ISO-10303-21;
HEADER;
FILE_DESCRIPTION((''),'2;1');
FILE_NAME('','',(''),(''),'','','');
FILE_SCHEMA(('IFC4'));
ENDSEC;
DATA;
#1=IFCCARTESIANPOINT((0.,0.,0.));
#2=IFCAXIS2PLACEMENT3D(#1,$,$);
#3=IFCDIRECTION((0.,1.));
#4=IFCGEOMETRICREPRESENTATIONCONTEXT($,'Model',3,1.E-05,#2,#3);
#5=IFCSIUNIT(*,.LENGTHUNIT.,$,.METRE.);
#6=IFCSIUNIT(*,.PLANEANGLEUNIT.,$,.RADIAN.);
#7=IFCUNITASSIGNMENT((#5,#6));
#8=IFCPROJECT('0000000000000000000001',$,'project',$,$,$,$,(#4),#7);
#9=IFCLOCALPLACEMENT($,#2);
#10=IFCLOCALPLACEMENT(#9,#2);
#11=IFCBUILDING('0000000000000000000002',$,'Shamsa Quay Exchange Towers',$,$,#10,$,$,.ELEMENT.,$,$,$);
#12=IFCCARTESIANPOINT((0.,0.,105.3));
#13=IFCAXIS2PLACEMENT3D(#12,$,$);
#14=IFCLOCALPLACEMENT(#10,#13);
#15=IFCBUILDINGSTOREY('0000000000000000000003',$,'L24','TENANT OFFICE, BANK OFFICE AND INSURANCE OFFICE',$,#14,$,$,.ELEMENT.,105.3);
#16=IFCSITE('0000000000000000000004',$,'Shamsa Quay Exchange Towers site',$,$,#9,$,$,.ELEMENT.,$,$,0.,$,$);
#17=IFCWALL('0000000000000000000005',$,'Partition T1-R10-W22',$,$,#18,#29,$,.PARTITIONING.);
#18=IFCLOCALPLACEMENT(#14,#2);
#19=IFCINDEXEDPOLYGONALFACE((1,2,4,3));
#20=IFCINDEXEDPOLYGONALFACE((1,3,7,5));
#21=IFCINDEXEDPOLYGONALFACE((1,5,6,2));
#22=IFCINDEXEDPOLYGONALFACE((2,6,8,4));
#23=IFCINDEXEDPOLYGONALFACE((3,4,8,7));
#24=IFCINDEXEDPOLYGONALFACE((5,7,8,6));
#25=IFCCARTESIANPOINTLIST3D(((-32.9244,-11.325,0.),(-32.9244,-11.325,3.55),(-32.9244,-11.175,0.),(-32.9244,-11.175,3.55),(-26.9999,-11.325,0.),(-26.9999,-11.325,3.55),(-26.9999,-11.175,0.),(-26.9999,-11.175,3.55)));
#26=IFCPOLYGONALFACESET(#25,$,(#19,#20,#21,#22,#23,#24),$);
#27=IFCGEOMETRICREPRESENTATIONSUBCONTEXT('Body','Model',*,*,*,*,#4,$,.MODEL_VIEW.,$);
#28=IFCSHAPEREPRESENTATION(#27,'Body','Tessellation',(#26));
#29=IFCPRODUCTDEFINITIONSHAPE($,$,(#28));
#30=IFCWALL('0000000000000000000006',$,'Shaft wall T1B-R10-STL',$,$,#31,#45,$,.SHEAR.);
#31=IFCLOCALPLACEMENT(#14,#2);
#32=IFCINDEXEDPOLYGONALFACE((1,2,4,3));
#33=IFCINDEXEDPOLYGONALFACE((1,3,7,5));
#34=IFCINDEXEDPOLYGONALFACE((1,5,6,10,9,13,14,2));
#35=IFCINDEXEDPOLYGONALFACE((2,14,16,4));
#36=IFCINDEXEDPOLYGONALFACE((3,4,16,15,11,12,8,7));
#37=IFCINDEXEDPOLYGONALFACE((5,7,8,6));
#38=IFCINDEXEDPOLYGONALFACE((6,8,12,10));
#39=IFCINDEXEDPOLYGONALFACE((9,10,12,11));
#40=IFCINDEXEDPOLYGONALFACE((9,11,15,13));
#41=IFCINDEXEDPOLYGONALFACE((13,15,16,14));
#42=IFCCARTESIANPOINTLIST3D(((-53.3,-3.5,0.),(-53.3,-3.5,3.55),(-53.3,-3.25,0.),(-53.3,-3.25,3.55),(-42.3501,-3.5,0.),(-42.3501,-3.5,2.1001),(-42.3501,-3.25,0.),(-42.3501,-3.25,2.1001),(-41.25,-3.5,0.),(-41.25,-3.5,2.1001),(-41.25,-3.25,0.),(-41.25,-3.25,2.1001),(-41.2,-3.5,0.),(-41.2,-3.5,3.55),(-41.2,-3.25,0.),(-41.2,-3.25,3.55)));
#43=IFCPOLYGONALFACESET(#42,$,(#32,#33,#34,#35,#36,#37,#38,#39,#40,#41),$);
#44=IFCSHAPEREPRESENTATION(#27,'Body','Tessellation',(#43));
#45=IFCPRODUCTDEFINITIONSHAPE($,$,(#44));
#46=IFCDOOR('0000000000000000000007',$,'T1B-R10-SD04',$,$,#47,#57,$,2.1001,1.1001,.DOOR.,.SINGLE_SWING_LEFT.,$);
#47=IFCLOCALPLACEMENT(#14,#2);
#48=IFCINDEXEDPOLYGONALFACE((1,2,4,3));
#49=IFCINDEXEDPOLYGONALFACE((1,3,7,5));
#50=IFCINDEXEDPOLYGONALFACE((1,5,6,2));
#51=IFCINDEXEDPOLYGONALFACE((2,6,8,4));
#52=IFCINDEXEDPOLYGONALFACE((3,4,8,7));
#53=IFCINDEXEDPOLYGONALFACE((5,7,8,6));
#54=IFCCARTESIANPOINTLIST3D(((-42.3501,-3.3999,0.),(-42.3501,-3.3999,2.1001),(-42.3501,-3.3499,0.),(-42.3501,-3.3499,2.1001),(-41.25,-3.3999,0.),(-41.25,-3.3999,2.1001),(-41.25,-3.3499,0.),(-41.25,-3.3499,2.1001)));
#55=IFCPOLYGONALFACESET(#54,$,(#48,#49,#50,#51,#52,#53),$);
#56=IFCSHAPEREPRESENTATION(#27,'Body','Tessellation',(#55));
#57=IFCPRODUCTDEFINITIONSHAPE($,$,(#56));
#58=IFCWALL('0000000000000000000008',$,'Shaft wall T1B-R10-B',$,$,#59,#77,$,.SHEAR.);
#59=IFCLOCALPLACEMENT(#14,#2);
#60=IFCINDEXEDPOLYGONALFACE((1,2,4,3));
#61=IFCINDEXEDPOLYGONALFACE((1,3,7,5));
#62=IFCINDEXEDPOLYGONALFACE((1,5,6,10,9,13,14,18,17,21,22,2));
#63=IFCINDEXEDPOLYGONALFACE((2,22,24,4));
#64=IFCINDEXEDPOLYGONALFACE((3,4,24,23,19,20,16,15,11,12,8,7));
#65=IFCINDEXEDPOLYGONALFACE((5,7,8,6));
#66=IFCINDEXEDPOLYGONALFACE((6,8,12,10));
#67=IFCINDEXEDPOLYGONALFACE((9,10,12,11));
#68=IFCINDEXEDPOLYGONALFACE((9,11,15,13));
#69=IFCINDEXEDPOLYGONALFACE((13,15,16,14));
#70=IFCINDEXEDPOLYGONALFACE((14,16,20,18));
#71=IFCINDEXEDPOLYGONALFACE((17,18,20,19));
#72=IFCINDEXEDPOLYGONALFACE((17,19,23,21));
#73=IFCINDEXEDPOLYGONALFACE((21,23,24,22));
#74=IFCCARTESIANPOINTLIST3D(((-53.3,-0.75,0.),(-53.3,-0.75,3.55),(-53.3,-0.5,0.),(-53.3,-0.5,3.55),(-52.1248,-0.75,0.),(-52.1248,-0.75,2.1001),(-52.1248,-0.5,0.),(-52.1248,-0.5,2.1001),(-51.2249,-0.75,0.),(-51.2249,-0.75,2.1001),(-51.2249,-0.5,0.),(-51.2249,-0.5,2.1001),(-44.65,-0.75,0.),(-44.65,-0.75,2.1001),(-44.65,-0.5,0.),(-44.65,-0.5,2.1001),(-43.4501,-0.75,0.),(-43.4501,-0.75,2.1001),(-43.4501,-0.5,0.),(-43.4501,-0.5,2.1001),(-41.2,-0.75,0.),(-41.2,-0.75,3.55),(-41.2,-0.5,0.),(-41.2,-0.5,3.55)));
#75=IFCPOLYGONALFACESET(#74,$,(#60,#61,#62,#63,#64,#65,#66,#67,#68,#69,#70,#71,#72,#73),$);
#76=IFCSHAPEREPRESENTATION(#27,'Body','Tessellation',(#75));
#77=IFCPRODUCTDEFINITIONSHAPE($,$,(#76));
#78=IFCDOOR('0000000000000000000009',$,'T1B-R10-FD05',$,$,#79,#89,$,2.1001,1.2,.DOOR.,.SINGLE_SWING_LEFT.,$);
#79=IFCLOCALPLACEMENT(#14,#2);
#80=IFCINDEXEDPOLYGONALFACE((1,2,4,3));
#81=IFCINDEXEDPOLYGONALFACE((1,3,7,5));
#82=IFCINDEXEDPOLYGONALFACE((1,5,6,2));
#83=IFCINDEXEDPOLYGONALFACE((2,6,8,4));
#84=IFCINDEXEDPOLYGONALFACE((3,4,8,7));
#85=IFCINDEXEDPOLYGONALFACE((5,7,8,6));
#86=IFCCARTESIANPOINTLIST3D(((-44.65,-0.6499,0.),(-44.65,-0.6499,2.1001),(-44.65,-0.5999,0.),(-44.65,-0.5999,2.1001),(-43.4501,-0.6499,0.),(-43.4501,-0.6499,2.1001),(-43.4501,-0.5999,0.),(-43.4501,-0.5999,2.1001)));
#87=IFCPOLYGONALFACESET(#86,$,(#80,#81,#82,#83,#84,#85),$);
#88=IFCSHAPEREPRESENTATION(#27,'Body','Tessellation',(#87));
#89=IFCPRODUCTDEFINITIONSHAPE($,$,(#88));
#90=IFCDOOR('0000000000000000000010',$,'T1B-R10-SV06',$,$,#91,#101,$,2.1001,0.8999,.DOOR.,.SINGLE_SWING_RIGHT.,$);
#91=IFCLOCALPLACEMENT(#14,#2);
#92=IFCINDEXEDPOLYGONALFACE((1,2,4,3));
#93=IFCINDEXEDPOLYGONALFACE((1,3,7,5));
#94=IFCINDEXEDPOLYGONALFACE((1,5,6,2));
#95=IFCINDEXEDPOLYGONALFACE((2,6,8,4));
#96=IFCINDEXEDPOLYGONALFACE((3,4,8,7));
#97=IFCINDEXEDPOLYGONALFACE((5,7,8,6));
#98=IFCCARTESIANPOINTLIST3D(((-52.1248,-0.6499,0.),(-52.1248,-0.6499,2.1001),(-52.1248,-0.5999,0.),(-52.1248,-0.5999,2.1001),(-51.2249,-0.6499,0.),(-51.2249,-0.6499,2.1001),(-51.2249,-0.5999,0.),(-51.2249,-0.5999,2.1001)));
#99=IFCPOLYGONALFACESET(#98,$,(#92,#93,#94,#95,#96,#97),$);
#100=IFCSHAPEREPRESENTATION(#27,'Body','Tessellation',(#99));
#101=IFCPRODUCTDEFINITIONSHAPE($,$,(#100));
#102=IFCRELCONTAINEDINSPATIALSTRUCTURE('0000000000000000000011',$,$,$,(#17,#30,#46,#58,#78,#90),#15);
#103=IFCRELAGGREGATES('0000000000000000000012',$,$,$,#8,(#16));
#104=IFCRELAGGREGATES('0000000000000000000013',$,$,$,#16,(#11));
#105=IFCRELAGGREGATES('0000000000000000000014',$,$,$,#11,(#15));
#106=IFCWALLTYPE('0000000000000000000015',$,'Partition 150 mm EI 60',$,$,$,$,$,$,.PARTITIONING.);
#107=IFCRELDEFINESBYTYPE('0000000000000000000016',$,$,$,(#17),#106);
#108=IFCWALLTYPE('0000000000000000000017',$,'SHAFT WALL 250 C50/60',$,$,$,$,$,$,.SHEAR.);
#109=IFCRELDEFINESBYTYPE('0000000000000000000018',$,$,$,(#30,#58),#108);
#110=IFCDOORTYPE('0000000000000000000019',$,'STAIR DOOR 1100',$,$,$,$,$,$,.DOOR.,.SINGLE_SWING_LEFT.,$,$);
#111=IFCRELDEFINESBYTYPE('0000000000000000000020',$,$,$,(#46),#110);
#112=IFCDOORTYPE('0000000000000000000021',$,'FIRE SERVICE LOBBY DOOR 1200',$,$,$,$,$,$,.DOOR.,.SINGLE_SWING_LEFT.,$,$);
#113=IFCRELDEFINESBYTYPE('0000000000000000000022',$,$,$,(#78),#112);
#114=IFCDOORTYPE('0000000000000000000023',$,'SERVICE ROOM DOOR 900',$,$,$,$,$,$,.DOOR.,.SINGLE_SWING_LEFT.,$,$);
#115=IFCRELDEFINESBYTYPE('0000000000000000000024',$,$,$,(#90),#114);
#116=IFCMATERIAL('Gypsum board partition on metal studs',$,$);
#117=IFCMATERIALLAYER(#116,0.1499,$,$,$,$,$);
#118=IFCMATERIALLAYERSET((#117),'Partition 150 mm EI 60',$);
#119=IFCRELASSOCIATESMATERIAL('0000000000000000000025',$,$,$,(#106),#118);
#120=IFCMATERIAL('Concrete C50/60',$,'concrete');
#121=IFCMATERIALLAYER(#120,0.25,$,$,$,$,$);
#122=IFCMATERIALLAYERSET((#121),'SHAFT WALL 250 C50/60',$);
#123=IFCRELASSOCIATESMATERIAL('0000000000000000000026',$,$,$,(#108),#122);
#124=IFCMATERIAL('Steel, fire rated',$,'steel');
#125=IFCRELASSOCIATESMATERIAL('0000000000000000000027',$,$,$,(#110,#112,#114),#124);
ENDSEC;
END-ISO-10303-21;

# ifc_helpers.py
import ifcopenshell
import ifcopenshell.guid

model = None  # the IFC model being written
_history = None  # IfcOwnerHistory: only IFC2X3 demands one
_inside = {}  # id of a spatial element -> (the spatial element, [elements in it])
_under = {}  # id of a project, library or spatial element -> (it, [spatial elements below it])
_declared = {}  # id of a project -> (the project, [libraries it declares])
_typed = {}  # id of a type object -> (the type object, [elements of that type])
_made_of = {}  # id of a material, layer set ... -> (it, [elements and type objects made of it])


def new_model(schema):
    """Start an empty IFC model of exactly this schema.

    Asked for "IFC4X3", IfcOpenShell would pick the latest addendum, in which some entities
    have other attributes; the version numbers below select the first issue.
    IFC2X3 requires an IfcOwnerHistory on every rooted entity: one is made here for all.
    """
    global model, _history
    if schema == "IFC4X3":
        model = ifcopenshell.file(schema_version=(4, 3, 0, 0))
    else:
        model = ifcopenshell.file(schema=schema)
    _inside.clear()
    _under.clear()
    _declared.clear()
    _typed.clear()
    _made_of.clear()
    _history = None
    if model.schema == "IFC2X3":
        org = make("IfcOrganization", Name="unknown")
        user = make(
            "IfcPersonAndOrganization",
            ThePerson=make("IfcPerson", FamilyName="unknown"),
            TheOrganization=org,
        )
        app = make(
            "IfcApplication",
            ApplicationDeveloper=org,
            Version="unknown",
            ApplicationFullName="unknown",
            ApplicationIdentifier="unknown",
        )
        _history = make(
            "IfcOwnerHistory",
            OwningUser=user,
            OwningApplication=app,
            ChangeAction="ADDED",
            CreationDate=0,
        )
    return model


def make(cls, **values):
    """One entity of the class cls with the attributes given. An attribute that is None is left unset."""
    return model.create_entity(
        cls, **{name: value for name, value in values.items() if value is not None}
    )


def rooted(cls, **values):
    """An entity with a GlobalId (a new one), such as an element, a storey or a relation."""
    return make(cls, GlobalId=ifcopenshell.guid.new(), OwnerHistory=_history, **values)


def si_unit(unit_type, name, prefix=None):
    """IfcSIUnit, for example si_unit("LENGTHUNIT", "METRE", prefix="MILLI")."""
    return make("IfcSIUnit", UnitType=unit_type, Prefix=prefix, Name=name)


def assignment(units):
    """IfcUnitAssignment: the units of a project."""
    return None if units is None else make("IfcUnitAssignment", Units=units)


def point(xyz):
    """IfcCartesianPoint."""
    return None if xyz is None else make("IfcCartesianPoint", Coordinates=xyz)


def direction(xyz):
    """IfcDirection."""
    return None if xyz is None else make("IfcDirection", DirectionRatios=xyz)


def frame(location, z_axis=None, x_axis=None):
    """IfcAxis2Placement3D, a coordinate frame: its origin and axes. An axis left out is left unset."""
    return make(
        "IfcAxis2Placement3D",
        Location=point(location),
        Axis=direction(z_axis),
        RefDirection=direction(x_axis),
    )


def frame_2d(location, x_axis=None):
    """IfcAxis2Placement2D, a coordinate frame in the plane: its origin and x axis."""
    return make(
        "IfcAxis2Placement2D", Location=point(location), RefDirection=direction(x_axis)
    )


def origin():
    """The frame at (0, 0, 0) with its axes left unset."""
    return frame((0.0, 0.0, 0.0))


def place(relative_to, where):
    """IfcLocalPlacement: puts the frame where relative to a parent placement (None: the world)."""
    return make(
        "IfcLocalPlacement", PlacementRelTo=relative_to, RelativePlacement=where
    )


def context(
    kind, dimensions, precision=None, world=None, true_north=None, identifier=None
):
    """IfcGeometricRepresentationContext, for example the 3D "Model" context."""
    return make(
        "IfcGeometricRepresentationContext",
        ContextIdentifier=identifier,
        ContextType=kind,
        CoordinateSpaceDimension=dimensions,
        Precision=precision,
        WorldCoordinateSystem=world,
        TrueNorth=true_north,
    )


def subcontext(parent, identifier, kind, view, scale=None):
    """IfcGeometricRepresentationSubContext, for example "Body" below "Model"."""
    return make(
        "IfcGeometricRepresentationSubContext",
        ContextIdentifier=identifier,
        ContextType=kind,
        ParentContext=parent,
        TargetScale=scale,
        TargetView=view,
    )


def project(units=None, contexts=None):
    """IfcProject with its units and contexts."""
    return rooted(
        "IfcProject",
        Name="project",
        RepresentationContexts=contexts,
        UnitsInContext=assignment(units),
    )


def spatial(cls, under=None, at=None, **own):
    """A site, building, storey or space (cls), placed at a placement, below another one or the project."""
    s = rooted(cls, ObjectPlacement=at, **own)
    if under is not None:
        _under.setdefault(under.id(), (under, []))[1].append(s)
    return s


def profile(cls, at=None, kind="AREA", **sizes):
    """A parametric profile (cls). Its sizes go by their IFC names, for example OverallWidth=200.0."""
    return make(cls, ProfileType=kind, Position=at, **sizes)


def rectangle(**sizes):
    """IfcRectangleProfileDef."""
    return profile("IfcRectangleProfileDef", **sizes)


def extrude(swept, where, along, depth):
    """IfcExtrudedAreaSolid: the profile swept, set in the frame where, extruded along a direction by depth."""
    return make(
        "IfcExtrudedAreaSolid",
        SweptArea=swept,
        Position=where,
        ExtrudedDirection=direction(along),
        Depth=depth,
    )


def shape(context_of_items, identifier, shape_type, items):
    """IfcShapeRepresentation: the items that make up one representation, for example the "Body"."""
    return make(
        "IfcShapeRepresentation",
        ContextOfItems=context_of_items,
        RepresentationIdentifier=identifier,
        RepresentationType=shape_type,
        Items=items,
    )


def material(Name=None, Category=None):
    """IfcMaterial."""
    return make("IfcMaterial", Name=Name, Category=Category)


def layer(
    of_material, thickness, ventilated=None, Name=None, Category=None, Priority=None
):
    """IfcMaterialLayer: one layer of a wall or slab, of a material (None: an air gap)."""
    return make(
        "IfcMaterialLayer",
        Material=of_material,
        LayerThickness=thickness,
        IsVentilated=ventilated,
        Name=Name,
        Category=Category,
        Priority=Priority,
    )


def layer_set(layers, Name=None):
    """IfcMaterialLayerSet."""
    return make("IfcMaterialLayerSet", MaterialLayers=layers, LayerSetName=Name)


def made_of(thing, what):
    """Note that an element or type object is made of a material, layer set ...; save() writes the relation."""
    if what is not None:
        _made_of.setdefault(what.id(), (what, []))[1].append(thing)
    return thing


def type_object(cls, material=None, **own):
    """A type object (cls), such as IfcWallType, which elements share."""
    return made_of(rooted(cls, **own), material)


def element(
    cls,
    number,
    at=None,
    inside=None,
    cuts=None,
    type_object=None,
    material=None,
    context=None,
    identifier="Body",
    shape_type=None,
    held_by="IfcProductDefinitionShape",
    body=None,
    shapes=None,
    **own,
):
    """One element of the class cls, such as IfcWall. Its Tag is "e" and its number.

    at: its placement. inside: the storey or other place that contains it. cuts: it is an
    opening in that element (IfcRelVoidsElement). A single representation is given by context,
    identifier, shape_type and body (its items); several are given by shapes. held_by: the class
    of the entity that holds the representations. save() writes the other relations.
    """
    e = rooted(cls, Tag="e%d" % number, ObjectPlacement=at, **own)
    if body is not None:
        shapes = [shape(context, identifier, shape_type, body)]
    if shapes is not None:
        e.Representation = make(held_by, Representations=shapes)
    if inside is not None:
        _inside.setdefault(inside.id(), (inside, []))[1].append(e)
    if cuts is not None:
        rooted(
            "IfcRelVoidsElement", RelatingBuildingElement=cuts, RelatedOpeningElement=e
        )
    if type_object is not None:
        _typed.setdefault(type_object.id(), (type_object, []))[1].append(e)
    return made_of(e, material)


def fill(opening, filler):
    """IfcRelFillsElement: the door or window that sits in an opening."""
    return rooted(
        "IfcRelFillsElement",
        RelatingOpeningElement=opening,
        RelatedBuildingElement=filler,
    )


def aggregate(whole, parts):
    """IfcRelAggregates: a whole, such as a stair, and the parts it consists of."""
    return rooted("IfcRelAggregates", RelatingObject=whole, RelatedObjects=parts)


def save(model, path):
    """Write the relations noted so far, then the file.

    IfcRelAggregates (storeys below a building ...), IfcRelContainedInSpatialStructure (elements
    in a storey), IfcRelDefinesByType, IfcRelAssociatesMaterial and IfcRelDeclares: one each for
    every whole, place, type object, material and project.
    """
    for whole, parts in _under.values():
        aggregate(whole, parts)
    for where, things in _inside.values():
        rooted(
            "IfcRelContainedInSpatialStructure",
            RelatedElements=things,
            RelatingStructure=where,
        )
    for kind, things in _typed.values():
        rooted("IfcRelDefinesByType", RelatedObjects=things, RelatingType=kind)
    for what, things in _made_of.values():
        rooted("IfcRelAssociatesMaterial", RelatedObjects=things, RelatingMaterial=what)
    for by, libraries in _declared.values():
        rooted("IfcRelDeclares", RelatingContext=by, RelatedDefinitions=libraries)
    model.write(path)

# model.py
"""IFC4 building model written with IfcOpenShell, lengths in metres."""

from ifc_helpers import new_model, si_unit, direction, frame, frame_2d, origin, place, context, subcontext, project, spatial, rectangle, extrude, material, layer, layer_set, type_object, element, fill, save


model = new_model("IFC4")

# Units and contexts
model_context = context("Model", 3, precision=1e-05, world=origin(), true_north=direction((0.0, 1.0)))
body_context = subcontext(model_context, "Body", "Model", "MODEL_VIEW")
ifc_project = project(units=[si_unit("LENGTHUNIT", "METRE"), si_unit("PLANEANGLEUNIT", "RADIAN")], contexts=[model_context])

# Site, building, storey
site_placement = place(None, origin())
site = spatial("IfcSite", under=ifc_project, at=site_placement, Name="Shamsa Quay Exchange Towers site", CompositionType="ELEMENT", RefElevation=0.0)
building_placement = place(site_placement, origin())
building = spatial("IfcBuilding", under=site, at=building_placement, Name="Shamsa Quay Exchange Towers", CompositionType="ELEMENT")
storey_placement = place(building_placement, frame((0.0, 0.0, 105.3)))
storey = spatial("IfcBuildingStorey", under=building, at=storey_placement, Name="L24", Description="TENANT OFFICE, BANK OFFICE AND INSURANCE OFFICE", CompositionType="ELEMENT", Elevation=105.3)

# Shared definitions
ifc_material_1 = material(Name="Steel, fire rated", Category="steel")
ifc_material_2 = material(Name="Gypsum board partition on metal studs")
ifc_layer_1 = layer(ifc_material_2, 0.1499)
ifc_layer_set_1 = layer_set([ifc_layer_1], Name="Partition 150 mm EI 60")
wall_type_1 = type_object("IfcWallType", Name="Partition 150 mm EI 60", PredefinedType="PARTITIONING", material=ifc_layer_set_1)

# Wall
wall_1_placement = place(storey_placement, frame((-32.9246, -11.25, 0.0)))
element("IfcWall", 1, at=wall_1_placement, inside=storey, type_object=wall_type_1, Name="Partition T1-R10-W22", PredefinedType="PARTITIONING", context=body_context, shape_type="SweptSolid", body=[
    extrude(rectangle(XDim=5.9246, YDim=0.1499, at=frame_2d((2.9624, 0.0))), origin(), (0.0, 0.0, 1.0), 3.55),
])

# Wall, opening, door
ifc_material_3 = material(Name="Concrete C50/60", Category="concrete")
ifc_layer_2 = layer(ifc_material_3, 0.25)
ifc_layer_set_2 = layer_set([ifc_layer_2], Name="SHAFT WALL 250 C50/60")
wall_type_2 = type_object("IfcWallType", Name="SHAFT WALL 250 C50/60", PredefinedType="SHEAR", material=ifc_layer_set_2)
wall_2_placement = place(storey_placement, frame((-41.2, -3.375, 0.0), z_axis=(0.0, 0.0, 1.0), x_axis=(-1.0, 0.0, 0.0)))
wall_2 = element("IfcWall", 2, at=wall_2_placement, inside=storey, type_object=wall_type_2, Name="Shaft wall T1B-R10-STL", PredefinedType="SHEAR", context=body_context, shape_type="SweptSolid", body=[
    extrude(rectangle(XDim=12.1001, YDim=0.25, at=frame_2d((6.05, 0.0))), origin(), (0.0, 0.0, 1.0), 3.55),
])
opening_1_placement = place(wall_2_placement, frame((0.05, 0.0, 0.0)))
opening_1 = element("IfcOpeningElement", 3, at=opening_1_placement, cuts=wall_2, PredefinedType="OPENING", context=body_context, shape_type="SweptSolid", body=[
    extrude(rectangle(XDim=1.1001, YDim=2.1001, at=frame_2d((0.55, 1.05))), frame((0.0, 0.135, 0.0), z_axis=(0.0, -1.0, 0.0), x_axis=(1.0, 0.0, 0.0)), (0.0, 0.0, 1.0), 0.27),
])
door_type_1 = type_object("IfcDoorType", Name="STAIR DOOR 1100", OperationType="SINGLE_SWING_LEFT", PredefinedType="DOOR", material=ifc_material_1)
door_1_placement = place(opening_1_placement, origin())
door_1 = element("IfcDoor", 4, at=door_1_placement, inside=storey, type_object=door_type_1, Name="T1B-R10-SD04", OperationType="SINGLE_SWING_LEFT", OverallHeight=2.1001, OverallWidth=1.1001, PredefinedType="DOOR", context=body_context, shape_type="SweptSolid", body=[
    extrude(rectangle(XDim=1.1001, YDim=2.1001, at=frame_2d((0.55, 1.05))), frame((0.0, 0.0249, 0.0), z_axis=(0.0, -1.0, 0.0), x_axis=(1.0, 0.0, 0.0)), (0.0, 0.0, 1.0), 0.05),
])
fill(opening_1, door_1)

# Wall, openings, doors
wall_3_placement = place(storey_placement, frame((-41.2, -0.625, 0.0), z_axis=(0.0, 0.0, 1.0), x_axis=(-1.0, 0.0, 0.0)))
wall_3 = element("IfcWall", 5, at=wall_3_placement, inside=storey, type_object=wall_type_2, Name="Shaft wall T1B-R10-B", PredefinedType="SHEAR", context=body_context, shape_type="SweptSolid", body=[
    extrude(rectangle(XDim=12.1001, YDim=0.25, at=frame_2d((6.05, 0.0))), origin(), (0.0, 0.0, 1.0), 3.55),
])
opening_2_placement = place(wall_3_placement, frame((2.25, 0.0, 0.0)))
opening_2 = element("IfcOpeningElement", 6, at=opening_2_placement, cuts=wall_3, PredefinedType="OPENING", context=body_context, shape_type="SweptSolid", body=[
    extrude(rectangle(XDim=1.2, YDim=2.1001, at=frame_2d((0.6001, 1.05))), frame((0.0, 0.135, 0.0), z_axis=(0.0, -1.0, 0.0), x_axis=(1.0, 0.0, 0.0)), (0.0, 0.0, 1.0), 0.27),
])
opening_3_placement = place(wall_3_placement, frame((10.0249, 0.0, 0.0)))
opening_3 = element("IfcOpeningElement", 7, at=opening_3_placement, cuts=wall_3, PredefinedType="OPENING", context=body_context, shape_type="SweptSolid", body=[
    extrude(rectangle(XDim=0.8999, YDim=2.1001, at=frame_2d((0.45, 1.05))), frame((0.0, 0.135, 0.0), z_axis=(0.0, -1.0, 0.0), x_axis=(1.0, 0.0, 0.0)), (0.0, 0.0, 1.0), 0.27),
])
door_type_2 = type_object("IfcDoorType", Name="FIRE SERVICE LOBBY DOOR 1200", OperationType="SINGLE_SWING_LEFT", PredefinedType="DOOR", material=ifc_material_1)
door_2_placement = place(opening_2_placement, origin())
door_2 = element("IfcDoor", 8, at=door_2_placement, inside=storey, type_object=door_type_2, Name="T1B-R10-FD05", OperationType="SINGLE_SWING_LEFT", OverallHeight=2.1001, OverallWidth=1.2, PredefinedType="DOOR", context=body_context, shape_type="SweptSolid", body=[
    extrude(rectangle(XDim=1.2, YDim=2.1001, at=frame_2d((0.6001, 1.05))), frame((0.0, 0.0249, 0.0), z_axis=(0.0, -1.0, 0.0), x_axis=(1.0, 0.0, 0.0)), (0.0, 0.0, 1.0), 0.05),
])
fill(opening_2, door_2)
door_type_3 = type_object("IfcDoorType", Name="SERVICE ROOM DOOR 900", OperationType="SINGLE_SWING_LEFT", PredefinedType="DOOR", material=ifc_material_1)
door_3_placement = place(opening_3_placement, origin())
door_3 = element("IfcDoor", 9, at=door_3_placement, inside=storey, type_object=door_type_3, Name="T1B-R10-SV06", OperationType="SINGLE_SWING_RIGHT", OverallHeight=2.1001, OverallWidth=0.8999, PredefinedType="DOOR", context=body_context, shape_type="SweptSolid", body=[
    extrude(rectangle(XDim=0.8999, YDim=2.1001, at=frame_2d((0.45, 1.05))), frame((0.0, 0.0249, 0.0), z_axis=(0.0, -1.0, 0.0), x_axis=(1.0, 0.0, 0.0)), (0.0, 0.0, 1.0), 0.05),
])
fill(opening_3, door_3)

save(model, "model.ifc")
